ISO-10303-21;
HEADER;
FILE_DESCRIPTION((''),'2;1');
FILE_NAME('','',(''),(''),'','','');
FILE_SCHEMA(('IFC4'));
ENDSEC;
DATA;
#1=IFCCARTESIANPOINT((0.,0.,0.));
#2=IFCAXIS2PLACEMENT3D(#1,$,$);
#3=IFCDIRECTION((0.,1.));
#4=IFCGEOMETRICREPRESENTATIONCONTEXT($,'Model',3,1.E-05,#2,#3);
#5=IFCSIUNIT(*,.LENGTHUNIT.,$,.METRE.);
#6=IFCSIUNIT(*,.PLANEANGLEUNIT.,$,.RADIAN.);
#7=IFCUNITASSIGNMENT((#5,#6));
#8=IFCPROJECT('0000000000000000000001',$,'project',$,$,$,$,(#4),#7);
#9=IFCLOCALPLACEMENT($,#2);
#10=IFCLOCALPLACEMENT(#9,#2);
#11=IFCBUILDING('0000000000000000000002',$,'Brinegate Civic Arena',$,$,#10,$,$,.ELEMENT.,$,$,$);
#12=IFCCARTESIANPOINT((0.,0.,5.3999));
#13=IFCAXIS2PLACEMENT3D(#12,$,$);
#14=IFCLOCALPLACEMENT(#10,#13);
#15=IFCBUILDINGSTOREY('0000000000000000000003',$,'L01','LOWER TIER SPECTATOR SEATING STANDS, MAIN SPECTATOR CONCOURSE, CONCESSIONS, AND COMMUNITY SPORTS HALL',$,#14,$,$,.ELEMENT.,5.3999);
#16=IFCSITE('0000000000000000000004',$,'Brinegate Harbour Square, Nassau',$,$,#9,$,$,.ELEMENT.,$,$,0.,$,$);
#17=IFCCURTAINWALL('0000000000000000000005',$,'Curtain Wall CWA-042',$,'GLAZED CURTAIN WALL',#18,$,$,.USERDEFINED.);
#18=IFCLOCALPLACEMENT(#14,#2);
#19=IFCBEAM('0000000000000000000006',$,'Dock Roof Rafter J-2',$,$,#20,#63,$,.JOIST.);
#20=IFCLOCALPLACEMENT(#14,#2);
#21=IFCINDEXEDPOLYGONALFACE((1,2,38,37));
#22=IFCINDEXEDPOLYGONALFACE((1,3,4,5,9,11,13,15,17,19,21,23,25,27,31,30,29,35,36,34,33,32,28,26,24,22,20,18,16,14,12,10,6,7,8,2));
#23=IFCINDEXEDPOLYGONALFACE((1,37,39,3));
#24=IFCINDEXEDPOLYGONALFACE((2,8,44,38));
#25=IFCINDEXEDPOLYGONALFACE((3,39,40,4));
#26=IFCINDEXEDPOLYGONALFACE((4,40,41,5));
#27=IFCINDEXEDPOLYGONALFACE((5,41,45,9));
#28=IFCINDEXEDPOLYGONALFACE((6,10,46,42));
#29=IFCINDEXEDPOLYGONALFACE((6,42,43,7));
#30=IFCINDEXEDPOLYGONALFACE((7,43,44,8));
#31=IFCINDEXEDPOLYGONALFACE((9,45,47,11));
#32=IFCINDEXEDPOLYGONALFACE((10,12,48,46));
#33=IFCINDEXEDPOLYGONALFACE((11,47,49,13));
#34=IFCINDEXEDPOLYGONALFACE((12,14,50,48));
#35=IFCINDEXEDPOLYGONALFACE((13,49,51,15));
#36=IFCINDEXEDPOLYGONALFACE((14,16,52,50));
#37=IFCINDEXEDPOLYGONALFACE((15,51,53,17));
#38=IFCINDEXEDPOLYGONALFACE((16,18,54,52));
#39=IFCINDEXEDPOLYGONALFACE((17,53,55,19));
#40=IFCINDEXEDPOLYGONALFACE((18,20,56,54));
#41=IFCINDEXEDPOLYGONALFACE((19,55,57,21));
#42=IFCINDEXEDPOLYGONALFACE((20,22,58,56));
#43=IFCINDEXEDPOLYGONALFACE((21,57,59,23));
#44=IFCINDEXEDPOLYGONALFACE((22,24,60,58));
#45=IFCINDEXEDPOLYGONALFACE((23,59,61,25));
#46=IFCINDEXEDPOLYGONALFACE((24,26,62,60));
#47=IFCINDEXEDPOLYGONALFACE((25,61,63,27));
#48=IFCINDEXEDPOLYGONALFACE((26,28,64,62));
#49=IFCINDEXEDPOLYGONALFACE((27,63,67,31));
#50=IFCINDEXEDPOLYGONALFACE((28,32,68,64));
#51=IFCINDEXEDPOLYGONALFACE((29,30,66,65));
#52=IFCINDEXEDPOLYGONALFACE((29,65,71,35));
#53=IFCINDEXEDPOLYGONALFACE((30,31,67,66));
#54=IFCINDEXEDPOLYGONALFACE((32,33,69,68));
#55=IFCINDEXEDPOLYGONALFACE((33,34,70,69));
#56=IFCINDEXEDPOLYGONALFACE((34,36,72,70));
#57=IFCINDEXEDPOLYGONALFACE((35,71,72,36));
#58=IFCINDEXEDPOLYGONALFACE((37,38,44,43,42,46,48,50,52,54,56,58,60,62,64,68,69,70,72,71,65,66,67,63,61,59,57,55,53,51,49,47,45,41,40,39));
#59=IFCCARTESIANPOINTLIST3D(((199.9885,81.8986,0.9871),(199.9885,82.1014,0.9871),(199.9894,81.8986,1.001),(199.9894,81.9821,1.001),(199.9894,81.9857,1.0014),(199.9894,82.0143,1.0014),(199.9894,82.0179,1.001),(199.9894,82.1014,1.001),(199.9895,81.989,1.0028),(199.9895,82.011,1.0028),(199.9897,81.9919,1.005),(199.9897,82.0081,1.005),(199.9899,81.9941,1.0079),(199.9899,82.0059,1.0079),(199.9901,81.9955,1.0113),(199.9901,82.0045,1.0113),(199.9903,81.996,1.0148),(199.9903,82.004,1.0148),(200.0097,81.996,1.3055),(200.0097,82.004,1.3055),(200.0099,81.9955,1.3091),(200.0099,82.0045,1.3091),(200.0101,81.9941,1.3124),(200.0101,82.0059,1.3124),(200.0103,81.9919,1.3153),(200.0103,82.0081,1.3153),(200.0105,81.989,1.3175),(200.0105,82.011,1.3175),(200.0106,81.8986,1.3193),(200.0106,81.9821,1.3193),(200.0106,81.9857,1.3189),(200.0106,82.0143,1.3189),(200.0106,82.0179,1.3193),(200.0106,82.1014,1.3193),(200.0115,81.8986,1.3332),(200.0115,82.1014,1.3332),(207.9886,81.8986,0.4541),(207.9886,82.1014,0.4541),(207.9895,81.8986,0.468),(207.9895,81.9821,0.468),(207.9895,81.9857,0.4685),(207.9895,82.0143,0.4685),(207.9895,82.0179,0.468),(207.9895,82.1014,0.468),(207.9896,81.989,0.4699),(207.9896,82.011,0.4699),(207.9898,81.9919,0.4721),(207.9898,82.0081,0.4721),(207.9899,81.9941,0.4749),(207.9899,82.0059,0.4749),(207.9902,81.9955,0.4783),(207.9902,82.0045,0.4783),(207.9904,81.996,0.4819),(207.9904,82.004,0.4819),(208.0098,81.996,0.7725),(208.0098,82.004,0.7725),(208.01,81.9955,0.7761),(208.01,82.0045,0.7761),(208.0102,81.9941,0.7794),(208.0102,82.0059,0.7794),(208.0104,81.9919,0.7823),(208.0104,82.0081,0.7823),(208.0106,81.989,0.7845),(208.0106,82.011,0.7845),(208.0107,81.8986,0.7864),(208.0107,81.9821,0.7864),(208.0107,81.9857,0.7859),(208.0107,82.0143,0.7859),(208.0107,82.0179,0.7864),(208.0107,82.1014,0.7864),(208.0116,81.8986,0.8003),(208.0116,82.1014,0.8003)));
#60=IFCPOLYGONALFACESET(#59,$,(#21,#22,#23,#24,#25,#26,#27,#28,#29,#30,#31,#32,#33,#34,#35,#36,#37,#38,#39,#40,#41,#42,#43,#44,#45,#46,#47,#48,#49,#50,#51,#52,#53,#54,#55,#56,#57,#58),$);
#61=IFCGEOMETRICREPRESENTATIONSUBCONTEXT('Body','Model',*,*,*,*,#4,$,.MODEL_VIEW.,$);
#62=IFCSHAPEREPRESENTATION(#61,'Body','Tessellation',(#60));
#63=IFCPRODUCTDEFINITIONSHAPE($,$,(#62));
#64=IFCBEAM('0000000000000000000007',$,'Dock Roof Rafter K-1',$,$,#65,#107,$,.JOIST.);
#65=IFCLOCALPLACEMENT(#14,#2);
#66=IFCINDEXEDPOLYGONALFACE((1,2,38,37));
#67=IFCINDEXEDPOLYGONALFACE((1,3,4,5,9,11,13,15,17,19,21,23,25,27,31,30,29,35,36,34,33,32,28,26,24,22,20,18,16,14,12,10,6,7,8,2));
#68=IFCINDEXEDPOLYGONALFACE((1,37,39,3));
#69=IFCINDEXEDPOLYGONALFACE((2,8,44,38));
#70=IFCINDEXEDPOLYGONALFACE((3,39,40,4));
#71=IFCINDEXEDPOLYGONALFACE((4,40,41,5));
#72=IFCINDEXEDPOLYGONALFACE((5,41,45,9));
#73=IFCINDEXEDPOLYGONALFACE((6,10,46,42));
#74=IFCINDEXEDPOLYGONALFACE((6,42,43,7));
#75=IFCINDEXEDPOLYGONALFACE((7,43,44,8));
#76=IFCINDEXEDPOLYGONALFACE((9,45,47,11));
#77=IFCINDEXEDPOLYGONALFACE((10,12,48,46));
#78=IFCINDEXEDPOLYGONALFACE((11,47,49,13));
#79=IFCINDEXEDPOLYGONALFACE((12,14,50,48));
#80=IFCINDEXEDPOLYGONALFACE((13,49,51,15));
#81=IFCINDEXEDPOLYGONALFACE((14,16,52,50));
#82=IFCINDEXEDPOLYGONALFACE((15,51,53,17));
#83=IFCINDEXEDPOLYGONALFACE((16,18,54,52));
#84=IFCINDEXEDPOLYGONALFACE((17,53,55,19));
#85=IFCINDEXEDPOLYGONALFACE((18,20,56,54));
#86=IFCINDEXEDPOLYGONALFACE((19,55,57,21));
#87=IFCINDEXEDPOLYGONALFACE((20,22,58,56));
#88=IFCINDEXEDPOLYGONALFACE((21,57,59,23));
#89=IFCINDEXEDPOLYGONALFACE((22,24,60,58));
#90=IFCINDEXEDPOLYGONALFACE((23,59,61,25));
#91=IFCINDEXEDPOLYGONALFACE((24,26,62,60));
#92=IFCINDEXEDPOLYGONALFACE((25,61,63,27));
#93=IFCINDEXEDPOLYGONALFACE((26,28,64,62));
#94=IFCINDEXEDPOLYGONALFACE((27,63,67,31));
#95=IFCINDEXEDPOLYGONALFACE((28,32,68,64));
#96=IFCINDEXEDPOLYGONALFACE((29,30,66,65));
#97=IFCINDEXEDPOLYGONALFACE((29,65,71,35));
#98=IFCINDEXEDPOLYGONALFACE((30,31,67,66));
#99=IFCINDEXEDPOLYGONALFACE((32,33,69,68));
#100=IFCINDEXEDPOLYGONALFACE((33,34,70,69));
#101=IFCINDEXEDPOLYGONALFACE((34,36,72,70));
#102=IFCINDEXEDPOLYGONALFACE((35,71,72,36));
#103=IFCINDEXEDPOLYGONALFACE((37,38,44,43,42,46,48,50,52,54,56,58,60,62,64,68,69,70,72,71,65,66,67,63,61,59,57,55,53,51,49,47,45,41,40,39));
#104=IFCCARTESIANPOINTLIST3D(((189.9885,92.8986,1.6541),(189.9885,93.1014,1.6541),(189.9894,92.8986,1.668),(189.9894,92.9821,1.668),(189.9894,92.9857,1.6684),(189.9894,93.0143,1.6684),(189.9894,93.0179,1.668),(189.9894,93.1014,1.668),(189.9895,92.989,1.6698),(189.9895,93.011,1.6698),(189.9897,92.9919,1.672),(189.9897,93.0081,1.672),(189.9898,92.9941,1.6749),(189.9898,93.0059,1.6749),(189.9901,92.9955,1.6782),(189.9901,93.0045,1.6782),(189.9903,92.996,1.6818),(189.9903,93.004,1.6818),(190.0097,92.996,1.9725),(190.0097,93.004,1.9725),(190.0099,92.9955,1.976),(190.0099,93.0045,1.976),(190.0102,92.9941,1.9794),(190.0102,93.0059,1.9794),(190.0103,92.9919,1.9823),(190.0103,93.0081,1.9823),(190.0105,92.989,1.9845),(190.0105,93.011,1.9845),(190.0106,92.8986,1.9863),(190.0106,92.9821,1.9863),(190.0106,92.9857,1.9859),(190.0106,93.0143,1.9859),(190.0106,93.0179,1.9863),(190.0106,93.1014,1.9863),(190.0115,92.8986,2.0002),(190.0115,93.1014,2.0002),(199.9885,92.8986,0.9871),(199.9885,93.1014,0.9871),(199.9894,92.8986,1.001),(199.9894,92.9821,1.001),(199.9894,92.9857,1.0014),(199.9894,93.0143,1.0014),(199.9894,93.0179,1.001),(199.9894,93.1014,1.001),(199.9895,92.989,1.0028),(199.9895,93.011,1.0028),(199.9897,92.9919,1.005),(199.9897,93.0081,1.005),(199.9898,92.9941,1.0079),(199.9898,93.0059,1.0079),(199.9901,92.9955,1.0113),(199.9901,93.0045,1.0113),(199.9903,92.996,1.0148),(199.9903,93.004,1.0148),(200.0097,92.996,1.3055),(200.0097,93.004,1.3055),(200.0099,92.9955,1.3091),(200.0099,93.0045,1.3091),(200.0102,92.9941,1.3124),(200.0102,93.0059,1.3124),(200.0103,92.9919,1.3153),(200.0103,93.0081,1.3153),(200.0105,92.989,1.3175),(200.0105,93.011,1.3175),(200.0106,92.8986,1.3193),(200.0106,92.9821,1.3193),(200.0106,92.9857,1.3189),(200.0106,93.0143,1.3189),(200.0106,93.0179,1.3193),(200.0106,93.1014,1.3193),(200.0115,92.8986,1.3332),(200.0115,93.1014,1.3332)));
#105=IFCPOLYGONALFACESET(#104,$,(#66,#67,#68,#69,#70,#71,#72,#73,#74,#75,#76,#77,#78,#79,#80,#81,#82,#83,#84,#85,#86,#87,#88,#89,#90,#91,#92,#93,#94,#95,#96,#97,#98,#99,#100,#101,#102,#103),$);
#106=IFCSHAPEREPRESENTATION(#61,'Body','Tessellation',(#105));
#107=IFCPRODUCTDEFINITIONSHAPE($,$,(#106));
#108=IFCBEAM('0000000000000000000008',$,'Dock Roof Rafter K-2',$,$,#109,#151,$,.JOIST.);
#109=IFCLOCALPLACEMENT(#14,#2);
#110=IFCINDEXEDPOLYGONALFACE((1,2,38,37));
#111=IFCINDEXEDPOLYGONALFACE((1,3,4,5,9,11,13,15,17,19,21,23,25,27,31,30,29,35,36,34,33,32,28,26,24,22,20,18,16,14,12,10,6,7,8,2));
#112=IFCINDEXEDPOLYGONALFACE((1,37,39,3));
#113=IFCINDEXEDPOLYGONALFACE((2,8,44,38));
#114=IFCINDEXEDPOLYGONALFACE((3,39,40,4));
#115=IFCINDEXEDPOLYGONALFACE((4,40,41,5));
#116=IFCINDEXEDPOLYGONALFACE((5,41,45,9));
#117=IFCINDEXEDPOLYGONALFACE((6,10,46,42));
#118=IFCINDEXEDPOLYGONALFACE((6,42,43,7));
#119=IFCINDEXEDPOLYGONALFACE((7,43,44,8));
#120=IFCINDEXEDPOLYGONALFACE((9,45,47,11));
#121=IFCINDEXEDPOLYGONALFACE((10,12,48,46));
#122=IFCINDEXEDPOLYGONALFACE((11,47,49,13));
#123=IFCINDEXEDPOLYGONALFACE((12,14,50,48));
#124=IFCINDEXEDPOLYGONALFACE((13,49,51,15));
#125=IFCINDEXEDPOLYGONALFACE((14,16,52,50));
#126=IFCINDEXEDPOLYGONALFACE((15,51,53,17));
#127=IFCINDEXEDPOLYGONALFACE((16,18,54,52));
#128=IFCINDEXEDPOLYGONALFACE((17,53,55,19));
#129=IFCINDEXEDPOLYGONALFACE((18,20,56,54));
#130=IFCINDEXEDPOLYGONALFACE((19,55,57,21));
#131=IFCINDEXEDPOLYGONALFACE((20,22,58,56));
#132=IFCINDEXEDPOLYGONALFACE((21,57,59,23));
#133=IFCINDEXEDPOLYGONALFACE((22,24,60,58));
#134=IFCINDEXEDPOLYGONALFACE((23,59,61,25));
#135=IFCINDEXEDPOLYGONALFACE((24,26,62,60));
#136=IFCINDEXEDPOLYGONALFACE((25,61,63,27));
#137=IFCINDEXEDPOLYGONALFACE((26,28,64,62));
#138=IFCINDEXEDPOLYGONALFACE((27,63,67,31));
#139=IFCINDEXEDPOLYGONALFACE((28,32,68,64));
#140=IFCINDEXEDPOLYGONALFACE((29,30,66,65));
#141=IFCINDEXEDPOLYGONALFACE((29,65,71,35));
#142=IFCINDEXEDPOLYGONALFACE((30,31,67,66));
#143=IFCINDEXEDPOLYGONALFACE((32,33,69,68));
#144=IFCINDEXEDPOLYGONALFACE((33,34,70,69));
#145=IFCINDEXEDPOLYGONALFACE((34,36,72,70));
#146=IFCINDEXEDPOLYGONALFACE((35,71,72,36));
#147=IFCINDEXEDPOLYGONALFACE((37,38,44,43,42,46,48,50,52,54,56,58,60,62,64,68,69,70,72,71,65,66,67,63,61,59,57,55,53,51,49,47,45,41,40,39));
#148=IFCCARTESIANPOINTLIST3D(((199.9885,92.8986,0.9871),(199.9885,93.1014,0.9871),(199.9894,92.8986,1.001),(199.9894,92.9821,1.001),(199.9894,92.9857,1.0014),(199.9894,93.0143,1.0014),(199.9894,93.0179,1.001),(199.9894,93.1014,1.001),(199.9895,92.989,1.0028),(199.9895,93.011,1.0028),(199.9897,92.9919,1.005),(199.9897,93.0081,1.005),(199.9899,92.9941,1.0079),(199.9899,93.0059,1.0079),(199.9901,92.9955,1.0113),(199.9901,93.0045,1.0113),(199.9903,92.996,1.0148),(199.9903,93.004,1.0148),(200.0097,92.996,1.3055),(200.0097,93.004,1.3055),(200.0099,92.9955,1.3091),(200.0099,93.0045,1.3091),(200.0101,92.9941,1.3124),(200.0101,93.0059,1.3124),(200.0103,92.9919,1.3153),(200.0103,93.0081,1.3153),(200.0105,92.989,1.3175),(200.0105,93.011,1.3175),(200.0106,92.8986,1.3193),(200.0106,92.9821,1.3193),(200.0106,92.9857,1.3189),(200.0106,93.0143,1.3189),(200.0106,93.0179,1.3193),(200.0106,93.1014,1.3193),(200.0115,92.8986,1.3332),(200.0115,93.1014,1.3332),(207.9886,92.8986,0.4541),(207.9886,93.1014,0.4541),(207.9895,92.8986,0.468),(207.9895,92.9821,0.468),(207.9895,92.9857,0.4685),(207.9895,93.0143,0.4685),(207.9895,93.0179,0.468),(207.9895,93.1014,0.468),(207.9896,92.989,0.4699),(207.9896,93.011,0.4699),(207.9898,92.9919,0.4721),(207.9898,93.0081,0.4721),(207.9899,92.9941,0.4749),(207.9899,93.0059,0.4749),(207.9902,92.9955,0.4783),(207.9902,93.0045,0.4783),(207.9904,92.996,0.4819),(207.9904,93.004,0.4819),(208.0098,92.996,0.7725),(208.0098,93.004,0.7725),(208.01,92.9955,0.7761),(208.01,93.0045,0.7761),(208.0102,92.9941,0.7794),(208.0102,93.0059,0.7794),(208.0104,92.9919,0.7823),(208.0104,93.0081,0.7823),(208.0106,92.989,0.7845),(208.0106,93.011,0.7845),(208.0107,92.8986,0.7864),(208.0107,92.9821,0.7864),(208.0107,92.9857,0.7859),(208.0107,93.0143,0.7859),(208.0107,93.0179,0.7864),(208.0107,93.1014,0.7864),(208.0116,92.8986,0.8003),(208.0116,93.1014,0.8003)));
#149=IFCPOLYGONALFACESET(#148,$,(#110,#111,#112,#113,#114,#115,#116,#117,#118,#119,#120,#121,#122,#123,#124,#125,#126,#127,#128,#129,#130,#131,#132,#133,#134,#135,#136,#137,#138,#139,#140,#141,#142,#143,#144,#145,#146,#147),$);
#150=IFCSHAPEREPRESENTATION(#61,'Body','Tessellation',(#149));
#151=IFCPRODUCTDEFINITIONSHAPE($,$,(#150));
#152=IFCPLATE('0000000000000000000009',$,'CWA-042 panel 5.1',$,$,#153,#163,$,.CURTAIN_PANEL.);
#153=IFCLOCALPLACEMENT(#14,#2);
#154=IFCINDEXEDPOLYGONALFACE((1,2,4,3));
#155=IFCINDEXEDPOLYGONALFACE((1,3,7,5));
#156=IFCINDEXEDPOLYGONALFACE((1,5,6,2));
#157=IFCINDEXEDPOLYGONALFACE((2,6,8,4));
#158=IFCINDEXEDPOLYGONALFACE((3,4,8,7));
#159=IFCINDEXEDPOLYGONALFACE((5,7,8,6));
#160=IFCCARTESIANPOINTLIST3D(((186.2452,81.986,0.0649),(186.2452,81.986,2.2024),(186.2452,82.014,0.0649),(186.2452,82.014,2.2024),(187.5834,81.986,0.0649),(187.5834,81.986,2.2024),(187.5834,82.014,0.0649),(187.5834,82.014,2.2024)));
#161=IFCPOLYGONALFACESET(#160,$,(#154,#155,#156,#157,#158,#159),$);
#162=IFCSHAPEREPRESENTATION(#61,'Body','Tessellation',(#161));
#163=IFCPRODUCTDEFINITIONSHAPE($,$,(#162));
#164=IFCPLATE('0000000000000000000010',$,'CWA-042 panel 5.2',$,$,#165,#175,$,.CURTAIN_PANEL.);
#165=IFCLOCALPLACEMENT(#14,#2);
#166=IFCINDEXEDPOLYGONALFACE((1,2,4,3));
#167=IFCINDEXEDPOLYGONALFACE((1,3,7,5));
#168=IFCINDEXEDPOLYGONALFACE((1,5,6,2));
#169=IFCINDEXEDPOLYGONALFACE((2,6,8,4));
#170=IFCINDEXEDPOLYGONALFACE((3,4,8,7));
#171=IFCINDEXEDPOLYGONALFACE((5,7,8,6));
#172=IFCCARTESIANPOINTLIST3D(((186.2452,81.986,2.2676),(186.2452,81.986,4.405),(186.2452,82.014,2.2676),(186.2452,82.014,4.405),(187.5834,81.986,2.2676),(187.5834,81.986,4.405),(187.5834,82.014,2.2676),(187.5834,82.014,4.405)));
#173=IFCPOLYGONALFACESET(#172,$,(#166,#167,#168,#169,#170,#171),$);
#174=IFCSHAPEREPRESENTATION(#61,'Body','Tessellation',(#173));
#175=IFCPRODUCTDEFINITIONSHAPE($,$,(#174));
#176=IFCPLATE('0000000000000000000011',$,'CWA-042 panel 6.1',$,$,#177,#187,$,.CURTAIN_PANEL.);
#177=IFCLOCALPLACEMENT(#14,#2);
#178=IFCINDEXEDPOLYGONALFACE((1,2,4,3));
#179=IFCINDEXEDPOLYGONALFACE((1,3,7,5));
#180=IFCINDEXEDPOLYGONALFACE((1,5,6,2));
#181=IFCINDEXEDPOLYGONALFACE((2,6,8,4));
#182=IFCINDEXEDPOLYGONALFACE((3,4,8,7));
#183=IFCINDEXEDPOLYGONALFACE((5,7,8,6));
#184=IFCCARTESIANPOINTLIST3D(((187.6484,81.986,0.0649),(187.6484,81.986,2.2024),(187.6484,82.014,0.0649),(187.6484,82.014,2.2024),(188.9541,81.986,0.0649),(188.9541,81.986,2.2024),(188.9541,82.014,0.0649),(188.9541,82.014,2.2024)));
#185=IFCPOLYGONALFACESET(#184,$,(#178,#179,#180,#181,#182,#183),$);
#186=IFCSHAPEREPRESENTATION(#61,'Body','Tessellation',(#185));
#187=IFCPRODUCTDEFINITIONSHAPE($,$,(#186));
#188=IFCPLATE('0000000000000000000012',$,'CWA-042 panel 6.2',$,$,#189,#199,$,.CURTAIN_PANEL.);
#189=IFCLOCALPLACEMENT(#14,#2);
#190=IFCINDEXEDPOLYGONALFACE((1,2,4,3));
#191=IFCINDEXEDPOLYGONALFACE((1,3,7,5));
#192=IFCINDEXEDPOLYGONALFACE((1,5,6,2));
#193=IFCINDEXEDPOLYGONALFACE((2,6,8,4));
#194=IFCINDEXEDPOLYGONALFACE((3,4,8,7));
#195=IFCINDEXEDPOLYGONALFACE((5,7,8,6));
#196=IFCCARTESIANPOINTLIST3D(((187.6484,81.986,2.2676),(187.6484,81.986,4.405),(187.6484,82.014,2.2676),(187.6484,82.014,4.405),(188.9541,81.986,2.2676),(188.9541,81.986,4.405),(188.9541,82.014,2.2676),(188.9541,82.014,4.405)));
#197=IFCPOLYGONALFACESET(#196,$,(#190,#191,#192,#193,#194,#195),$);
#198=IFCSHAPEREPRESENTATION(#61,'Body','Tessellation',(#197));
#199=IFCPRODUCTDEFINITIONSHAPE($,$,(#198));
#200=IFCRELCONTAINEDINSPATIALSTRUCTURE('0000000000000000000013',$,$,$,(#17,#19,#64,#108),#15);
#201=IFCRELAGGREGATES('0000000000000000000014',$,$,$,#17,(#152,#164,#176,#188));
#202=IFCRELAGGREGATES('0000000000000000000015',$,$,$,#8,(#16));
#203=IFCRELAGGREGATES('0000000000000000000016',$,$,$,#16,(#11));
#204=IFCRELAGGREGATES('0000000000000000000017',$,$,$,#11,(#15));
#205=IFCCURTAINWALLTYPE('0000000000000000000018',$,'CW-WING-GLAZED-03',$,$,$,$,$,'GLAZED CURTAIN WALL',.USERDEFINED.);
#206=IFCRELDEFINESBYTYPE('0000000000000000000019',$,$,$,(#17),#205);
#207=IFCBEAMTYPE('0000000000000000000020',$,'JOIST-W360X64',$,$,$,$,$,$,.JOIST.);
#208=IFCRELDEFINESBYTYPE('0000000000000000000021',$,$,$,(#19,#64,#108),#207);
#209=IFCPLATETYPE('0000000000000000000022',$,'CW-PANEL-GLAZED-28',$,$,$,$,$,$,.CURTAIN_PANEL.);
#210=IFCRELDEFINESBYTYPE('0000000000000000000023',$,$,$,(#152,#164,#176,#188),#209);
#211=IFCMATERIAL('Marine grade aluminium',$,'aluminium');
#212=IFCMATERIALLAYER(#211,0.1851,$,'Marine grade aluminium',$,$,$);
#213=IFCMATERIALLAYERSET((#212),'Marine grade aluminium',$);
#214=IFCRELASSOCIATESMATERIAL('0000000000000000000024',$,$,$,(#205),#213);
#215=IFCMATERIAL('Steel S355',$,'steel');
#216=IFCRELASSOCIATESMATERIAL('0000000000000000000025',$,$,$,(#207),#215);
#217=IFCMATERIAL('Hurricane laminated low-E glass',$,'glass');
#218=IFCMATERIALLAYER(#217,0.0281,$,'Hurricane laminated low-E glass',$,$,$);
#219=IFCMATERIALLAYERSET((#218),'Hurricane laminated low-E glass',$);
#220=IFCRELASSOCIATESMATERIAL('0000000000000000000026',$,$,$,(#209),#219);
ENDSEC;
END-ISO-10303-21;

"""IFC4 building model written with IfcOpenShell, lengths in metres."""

from ifc_helpers import new_model, si_unit, direction, frame, origin, origin_2d, place, context, subcontext, project, spatial, rectangle, i_section, extrude, material, layer, layer_set, material_profile, profile_set, type_object, element, aggregate, save


model = new_model("IFC4")

# Units and contexts
model_context = context("Model", 3, precision=1e-05, world=origin(), true_north=direction((0.0, 1.0)))
body_context = subcontext(model_context, "Body", "Model", "MODEL_VIEW")
ifc_project = project(units=[si_unit("LENGTHUNIT", "METRE"), si_unit("PLANEANGLEUNIT", "RADIAN")], contexts=[model_context])

# Site, building, storey
site_placement = place(None, origin())
site = spatial("IfcSite", under=ifc_project, at=site_placement, Name="Brinegate Harbour Square, Nassau", CompositionType="ELEMENT", RefElevation=0.0)
building_placement = place(site_placement, origin())
building = spatial("IfcBuilding", under=site, at=building_placement, Name="Brinegate Civic Arena", CompositionType="ELEMENT")
storey_placement = place(building_placement, frame((0.0, 0.0, 5.3999)))
storey = spatial("IfcBuildingStorey", under=building, at=storey_placement, Name="L01", Description="LOWER TIER SPECTATOR SEATING STANDS, MAIN SPECTATOR CONCOURSE, CONCESSIONS, AND COMMUNITY SPORTS HALL", CompositionType="ELEMENT", Elevation=5.3999)

# Shared definitions
ifc_material_1 = material(Name="Steel S355", Category="steel")

# Curtain wall
ifc_material_2 = material(Name="Marine grade aluminium", Category="aluminium")
ifc_layer_1 = layer(ifc_material_2, 0.1851, Name="Marine grade aluminium")
ifc_layer_set_1 = layer_set([ifc_layer_1], Name="Marine grade aluminium")
curtain_wall_type = type_object("IfcCurtainWallType", Name="CW-WING-GLAZED-03", ElementType="GLAZED CURTAIN WALL", PredefinedType="USERDEFINED", material=ifc_layer_set_1)
curtain_wall_placement = place(storey_placement, origin())
curtain_wall = element("IfcCurtainWall", 1, at=curtain_wall_placement, inside=storey, type_object=curtain_wall_type, Name="Curtain Wall CWA-042", ObjectType="GLAZED CURTAIN WALL", PredefinedType="USERDEFINED")

# Beams
ifc_material_profile_1 = material_profile(ifc_material_1, i_section(OverallWidth=0.2029, OverallDepth=0.3469, WebThickness=0.0081, FlangeThickness=0.0139, FilletRadius=0.0139, at=origin_2d()), Name="W360X64")
ifc_profile_set_1 = profile_set([ifc_material_profile_1], Name="Steel S355")
beam_type = type_object("IfcBeamType", Name="JOIST-W360X64", PredefinedType="JOIST", material=ifc_profile_set_1)
beam_1_placement = place(storey_placement, frame((200.0, 82.0, 1.1602), z_axis=(0.997788, 0.0, -0.066473), x_axis=(0.0, 1.0, 0.0)))
element("IfcBeam", 2, at=beam_1_placement, inside=storey, type_object=beam_type, Name="Dock Roof Rafter J-2", PredefinedType="JOIST", context=body_context, shape_type="SweptSolid", body=[
    extrude(i_section(OverallWidth=0.2029, OverallDepth=0.3469, WebThickness=0.0081, FlangeThickness=0.0139, FilletRadius=0.0139, at=origin_2d()), origin(), (0.0, 0.0, 1.0), 8.0178),
])
beam_2_placement = place(storey_placement, frame((190.0, 93.0, 1.8271), z_axis=(0.997783, 0.0, -0.066551), x_axis=(0.0, 1.0, 0.0)))
element("IfcBeam", 3, at=beam_2_placement, inside=storey, type_object=beam_type, Name="Dock Roof Rafter K-1", PredefinedType="JOIST", context=body_context, shape_type="SweptSolid", body=[
    extrude(i_section(OverallWidth=0.2029, OverallDepth=0.3469, WebThickness=0.0081, FlangeThickness=0.0139, FilletRadius=0.0139, at=origin_2d()), origin(), (0.0, 0.0, 1.0), 10.0222),
])
beam_3_placement = place(storey_placement, frame((200.0, 93.0, 1.1602), z_axis=(0.997788, 0.0, -0.066473), x_axis=(0.0, 1.0, 0.0)))
element("IfcBeam", 4, at=beam_3_placement, inside=storey, type_object=beam_type, Name="Dock Roof Rafter K-2", PredefinedType="JOIST", context=body_context, shape_type="SweptSolid", body=[
    extrude(i_section(OverallWidth=0.2029, OverallDepth=0.3469, WebThickness=0.0081, FlangeThickness=0.0139, FilletRadius=0.0139, at=origin_2d()), origin(), (0.0, 0.0, 1.0), 8.0178),
])

# Plates
ifc_material_3 = material(Name="Hurricane laminated low-E glass", Category="glass")
ifc_layer_2 = layer(ifc_material_3, 0.0281, Name="Hurricane laminated low-E glass")
ifc_layer_set_2 = layer_set([ifc_layer_2], Name="Hurricane laminated low-E glass")
plate_type_1 = type_object("IfcPlateType", Name="CW-PANEL-GLAZED-28", PredefinedType="CURTAIN_PANEL", material=ifc_layer_set_2)
plate_1_placement = place(storey_placement, frame((186.9143, 82.0, 0.0649), z_axis=(0.0, 0.0, 1.0), x_axis=(1.0, 0.0, 0.0)))
plate_1 = element("IfcPlate", 5, at=plate_1_placement, type_object=plate_type_1, Name="CWA-042 panel 5.1", PredefinedType="CURTAIN_PANEL", context=body_context, shape_type="SweptSolid", body=[
    extrude(rectangle(XDim=1.3381, YDim=0.0281, at=origin_2d()), origin(), (0.0, 0.0, 1.0), 2.1375),
])
plate_2_placement = place(storey_placement, frame((186.9143, 82.0, 2.2676), z_axis=(0.0, 0.0, 1.0), x_axis=(1.0, 0.0, 0.0)))
plate_2 = element("IfcPlate", 6, at=plate_2_placement, type_object=plate_type_1, Name="CWA-042 panel 5.2", PredefinedType="CURTAIN_PANEL", context=body_context, shape_type="SweptSolid", body=[
    extrude(rectangle(XDim=1.3381, YDim=0.0281, at=origin_2d()), origin(), (0.0, 0.0, 1.0), 2.1375),
])
plate_3_placement = place(storey_placement, frame((188.3013, 82.0, 0.0649), z_axis=(0.0, 0.0, 1.0), x_axis=(1.0, 0.0, 0.0)))
plate_3 = element("IfcPlate", 7, at=plate_3_placement, type_object=plate_type_1, Name="CWA-042 panel 6.1", PredefinedType="CURTAIN_PANEL", context=body_context, shape_type="SweptSolid", body=[
    extrude(rectangle(XDim=1.3057, YDim=0.0281, at=origin_2d()), origin(), (0.0, 0.0, 1.0), 2.1375),
])
plate_4_placement = place(storey_placement, frame((188.3013, 82.0, 2.2676), z_axis=(0.0, 0.0, 1.0), x_axis=(1.0, 0.0, 0.0)))
plate_4 = element("IfcPlate", 8, at=plate_4_placement, type_object=plate_type_1, Name="CWA-042 panel 6.2", PredefinedType="CURTAIN_PANEL", context=body_context, shape_type="SweptSolid", body=[
    extrude(rectangle(XDim=1.3057, YDim=0.0281, at=origin_2d()), origin(), (0.0, 0.0, 1.0), 2.1375),
])
aggregate(curtain_wall, [plate_1, plate_2, plate_3, plate_4])

save(model, "model.ifc")
